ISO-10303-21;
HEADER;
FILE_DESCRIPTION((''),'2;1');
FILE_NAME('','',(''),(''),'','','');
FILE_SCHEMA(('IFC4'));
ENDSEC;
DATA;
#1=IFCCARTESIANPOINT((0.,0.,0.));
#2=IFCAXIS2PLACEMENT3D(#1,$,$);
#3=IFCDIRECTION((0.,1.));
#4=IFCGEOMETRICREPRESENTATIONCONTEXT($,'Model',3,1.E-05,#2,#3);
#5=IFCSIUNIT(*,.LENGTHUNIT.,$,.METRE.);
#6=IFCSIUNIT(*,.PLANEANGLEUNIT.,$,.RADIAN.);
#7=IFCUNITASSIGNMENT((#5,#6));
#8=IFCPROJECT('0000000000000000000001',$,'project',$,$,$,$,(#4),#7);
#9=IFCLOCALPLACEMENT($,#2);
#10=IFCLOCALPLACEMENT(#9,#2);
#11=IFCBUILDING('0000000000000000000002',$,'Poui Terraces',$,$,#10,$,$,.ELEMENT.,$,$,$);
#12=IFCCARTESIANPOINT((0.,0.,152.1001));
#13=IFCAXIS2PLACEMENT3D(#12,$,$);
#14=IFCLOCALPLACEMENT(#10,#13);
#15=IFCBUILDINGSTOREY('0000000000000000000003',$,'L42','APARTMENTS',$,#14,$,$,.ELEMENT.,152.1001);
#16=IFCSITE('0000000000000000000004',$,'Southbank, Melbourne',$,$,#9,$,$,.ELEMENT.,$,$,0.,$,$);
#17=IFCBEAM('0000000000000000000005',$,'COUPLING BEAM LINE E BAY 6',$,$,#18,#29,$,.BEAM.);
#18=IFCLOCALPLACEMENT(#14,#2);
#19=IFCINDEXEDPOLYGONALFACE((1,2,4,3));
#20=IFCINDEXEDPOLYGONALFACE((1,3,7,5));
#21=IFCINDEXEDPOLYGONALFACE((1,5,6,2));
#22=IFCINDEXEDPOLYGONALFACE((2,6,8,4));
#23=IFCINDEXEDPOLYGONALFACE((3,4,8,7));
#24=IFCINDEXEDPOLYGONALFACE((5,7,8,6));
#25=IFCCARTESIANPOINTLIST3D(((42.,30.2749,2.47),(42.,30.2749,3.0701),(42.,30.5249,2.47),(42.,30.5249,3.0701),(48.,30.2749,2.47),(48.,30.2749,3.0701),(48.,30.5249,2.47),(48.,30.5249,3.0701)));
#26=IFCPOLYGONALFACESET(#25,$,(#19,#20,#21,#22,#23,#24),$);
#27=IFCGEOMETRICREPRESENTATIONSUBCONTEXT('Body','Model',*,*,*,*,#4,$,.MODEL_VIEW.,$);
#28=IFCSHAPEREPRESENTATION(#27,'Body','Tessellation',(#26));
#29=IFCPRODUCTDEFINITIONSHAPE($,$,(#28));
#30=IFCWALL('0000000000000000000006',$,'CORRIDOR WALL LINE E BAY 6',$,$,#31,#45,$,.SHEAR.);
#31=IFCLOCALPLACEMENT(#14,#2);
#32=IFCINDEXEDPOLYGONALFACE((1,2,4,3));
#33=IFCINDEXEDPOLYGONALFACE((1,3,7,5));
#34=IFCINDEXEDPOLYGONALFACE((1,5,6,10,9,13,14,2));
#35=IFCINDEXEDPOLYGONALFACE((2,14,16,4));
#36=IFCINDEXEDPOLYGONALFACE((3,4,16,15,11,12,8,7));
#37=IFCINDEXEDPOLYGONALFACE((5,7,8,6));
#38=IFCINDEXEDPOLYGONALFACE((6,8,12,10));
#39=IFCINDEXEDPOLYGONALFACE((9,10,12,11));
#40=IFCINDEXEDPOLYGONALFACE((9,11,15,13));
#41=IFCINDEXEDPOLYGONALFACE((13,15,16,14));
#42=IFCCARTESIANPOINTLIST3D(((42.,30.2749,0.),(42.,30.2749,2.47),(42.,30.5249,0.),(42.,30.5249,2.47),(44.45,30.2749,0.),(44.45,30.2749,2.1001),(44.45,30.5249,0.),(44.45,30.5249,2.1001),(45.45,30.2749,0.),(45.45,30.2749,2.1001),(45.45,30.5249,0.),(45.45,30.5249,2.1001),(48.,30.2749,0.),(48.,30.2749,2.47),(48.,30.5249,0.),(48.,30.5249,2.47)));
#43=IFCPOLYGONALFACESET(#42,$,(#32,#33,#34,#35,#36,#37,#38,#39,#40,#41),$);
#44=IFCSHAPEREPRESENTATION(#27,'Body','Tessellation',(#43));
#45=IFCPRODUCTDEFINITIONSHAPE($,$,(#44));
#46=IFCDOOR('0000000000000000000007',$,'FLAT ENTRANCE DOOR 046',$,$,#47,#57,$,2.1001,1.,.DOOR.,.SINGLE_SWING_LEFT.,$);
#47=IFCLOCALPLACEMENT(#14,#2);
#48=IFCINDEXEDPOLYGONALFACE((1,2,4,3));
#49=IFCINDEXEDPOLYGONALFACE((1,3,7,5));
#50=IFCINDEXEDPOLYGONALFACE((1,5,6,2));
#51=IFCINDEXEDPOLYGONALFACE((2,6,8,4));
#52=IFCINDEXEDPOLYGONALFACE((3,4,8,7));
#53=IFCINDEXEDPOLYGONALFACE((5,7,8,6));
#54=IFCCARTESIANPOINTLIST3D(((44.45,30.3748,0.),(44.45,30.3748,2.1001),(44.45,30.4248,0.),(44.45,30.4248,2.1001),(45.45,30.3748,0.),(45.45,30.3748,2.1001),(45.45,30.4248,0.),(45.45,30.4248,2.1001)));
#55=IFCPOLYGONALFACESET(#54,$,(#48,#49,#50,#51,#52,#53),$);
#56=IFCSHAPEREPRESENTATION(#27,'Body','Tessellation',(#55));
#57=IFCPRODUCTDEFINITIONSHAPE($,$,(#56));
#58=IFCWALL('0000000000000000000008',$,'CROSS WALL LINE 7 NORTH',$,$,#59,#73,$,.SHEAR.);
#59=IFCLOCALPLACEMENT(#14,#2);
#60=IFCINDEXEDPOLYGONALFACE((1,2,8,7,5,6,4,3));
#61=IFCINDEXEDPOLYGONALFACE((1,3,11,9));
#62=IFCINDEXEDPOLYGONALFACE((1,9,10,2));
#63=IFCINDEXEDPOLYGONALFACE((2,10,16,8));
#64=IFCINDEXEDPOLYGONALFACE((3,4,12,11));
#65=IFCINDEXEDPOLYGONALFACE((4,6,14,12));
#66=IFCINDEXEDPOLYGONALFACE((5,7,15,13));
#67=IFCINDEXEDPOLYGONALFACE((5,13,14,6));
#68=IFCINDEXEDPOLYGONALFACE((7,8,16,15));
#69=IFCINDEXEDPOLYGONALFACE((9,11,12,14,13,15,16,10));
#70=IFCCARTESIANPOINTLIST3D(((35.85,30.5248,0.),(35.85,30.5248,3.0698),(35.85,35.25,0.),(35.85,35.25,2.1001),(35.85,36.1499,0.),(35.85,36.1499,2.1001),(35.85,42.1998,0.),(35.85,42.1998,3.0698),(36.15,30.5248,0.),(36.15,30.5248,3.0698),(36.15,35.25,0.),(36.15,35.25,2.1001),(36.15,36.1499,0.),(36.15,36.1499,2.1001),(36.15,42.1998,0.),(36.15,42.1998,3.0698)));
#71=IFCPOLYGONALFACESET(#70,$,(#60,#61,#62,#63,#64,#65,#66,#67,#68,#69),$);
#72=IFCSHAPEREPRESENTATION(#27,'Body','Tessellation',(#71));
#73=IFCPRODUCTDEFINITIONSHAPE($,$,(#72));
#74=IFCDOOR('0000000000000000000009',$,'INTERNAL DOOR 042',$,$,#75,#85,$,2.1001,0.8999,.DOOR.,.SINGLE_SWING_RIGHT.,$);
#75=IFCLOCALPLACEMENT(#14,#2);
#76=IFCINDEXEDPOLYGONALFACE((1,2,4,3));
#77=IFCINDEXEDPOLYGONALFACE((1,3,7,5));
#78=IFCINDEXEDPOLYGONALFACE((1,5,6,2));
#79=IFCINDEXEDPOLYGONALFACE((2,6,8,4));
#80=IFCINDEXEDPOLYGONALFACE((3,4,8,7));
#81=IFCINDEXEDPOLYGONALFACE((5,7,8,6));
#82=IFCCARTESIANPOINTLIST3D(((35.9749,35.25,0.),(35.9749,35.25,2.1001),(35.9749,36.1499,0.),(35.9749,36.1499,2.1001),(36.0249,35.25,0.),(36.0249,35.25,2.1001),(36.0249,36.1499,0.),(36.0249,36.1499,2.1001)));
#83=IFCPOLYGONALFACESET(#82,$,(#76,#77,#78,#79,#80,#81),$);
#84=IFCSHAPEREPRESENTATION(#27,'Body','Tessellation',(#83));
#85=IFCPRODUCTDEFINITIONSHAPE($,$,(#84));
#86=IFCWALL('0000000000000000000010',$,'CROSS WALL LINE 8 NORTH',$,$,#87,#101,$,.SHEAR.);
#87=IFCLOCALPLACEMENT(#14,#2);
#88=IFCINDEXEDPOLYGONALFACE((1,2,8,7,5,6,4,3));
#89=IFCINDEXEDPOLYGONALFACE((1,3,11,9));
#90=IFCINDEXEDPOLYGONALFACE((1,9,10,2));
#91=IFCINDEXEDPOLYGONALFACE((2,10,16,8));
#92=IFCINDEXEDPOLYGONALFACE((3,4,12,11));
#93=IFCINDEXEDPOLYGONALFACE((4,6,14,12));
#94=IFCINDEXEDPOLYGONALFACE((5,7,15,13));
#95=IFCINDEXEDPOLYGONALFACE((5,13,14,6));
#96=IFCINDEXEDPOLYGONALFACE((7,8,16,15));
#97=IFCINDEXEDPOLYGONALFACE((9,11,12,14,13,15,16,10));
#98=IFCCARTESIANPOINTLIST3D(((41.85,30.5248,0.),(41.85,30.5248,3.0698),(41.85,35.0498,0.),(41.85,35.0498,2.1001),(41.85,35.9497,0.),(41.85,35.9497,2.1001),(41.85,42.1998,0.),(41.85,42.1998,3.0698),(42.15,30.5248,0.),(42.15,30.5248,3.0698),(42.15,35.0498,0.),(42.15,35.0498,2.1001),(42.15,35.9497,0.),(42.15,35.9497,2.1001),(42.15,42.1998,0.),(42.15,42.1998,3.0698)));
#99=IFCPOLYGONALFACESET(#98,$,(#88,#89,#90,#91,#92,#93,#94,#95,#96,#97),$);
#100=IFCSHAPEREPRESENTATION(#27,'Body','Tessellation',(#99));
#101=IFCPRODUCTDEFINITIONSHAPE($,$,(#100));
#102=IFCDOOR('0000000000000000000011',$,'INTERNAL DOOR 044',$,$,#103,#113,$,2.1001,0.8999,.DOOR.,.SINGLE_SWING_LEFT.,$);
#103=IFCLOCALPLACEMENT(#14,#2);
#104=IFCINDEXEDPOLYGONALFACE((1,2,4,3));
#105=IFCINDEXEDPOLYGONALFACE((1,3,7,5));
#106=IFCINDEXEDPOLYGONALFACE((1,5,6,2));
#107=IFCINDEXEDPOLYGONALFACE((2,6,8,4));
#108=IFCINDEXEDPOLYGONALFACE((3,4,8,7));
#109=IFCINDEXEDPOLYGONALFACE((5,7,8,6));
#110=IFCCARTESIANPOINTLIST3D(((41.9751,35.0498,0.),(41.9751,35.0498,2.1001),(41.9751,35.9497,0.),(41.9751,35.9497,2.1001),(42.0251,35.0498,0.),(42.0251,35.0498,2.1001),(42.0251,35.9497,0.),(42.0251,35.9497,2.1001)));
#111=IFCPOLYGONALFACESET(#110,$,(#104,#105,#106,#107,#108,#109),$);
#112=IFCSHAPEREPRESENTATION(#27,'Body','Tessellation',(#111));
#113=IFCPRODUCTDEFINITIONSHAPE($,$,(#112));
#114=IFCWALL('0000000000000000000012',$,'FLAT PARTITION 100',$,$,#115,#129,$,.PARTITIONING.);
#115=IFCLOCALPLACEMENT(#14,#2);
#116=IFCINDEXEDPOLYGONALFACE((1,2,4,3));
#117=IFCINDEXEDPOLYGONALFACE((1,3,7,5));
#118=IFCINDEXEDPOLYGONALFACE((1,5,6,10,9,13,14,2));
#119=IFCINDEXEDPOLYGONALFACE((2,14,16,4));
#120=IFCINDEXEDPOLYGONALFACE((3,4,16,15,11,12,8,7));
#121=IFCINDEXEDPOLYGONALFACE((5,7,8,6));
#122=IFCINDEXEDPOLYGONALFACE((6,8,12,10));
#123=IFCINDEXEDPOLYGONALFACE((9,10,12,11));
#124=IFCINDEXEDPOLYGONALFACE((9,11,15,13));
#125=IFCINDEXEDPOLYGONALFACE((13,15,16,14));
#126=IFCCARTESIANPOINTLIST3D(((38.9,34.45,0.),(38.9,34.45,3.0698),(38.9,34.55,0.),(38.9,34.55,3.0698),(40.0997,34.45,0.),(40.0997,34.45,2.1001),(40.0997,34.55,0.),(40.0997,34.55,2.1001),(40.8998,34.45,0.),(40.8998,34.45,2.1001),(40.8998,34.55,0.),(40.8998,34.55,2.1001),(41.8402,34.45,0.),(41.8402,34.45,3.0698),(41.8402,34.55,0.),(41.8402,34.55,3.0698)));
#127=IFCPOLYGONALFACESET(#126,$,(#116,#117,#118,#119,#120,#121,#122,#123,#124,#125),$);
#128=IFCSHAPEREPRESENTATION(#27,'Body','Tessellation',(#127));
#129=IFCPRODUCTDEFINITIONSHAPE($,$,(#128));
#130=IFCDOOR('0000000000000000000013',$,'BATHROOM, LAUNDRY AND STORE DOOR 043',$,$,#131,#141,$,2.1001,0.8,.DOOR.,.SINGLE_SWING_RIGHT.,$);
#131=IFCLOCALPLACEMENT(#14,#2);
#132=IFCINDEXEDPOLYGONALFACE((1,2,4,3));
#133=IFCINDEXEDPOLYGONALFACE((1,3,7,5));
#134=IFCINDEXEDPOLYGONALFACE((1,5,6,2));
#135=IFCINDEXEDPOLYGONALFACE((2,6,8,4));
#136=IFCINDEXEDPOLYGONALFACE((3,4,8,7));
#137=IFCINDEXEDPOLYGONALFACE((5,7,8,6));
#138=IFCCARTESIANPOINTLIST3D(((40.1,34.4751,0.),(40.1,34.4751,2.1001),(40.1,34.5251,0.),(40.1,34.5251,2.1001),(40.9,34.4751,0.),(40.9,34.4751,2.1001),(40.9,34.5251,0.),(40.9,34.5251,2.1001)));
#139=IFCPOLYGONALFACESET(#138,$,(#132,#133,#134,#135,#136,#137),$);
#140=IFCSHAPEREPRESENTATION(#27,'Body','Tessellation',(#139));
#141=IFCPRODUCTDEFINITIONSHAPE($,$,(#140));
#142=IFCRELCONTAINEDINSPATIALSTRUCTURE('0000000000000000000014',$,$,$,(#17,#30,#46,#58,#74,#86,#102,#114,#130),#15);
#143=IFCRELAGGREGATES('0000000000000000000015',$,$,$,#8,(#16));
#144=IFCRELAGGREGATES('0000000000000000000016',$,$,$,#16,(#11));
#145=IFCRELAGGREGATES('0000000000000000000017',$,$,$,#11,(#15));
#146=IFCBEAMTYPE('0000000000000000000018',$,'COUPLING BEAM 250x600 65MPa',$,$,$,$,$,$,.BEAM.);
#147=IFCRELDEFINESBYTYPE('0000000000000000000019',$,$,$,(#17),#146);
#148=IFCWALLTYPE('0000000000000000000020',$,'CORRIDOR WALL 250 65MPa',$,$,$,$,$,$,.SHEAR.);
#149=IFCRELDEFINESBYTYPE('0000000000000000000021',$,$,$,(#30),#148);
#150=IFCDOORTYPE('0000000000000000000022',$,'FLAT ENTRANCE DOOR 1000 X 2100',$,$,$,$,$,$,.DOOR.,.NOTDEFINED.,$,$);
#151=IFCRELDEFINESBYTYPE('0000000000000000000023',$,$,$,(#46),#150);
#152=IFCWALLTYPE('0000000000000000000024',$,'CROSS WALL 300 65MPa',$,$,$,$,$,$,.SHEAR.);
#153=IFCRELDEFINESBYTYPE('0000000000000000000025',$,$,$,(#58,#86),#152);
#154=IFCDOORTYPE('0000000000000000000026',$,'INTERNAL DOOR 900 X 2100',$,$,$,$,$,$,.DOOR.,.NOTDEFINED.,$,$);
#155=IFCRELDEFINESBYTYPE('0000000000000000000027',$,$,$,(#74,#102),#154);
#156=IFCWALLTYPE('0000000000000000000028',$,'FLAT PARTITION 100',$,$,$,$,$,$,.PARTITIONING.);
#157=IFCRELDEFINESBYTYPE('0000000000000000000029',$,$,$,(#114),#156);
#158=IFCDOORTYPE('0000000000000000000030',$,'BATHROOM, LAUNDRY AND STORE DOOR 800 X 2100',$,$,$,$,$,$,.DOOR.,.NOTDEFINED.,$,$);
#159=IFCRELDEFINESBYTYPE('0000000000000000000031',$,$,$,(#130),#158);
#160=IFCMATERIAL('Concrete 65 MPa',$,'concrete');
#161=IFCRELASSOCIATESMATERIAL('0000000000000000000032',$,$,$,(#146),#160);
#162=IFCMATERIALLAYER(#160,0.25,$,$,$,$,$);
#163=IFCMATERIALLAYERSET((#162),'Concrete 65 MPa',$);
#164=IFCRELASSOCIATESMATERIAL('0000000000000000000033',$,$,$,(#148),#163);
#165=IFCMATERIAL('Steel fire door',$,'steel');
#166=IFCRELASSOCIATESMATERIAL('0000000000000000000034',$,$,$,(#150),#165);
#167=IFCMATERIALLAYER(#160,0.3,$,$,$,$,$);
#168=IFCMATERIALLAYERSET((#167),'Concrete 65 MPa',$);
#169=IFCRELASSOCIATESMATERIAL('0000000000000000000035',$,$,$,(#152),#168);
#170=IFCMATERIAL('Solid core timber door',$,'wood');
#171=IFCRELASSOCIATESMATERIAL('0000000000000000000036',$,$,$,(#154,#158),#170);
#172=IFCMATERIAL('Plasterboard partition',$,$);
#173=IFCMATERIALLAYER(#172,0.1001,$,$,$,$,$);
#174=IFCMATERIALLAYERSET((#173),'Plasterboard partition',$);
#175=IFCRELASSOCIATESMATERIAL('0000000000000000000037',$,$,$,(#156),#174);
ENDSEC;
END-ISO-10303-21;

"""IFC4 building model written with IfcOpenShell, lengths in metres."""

from ifc_helpers import new_model, si_unit, direction, frame, frame_2d, origin, origin_2d, place, context, subcontext, project, spatial, rectangle, extrude, source, transform, mapped, material, layer, layer_set, material_profile, profile_set, type_object, element, fill, save


model = new_model("IFC4")

# Units and contexts
model_context = context("Model", 3, precision=1e-05, world=origin(), true_north=direction((0.0, 1.0)))
body_context = subcontext(model_context, "Body", "Model", "MODEL_VIEW")
ifc_project = project(units=[si_unit("LENGTHUNIT", "METRE"), si_unit("PLANEANGLEUNIT", "RADIAN")], contexts=[model_context])

# Site, building, storey
site_placement = place(None, origin())
site = spatial("IfcSite", under=ifc_project, at=site_placement, Name="Southbank, Melbourne", CompositionType="ELEMENT", RefElevation=0.0)
building_placement = place(site_placement, origin())
building = spatial("IfcBuilding", under=site, at=building_placement, Name="Poui Terraces", CompositionType="ELEMENT")
storey_placement = place(building_placement, frame((0.0, 0.0, 152.1001)))
storey = spatial("IfcBuildingStorey", under=building, at=storey_placement, Name="L42", Description="APARTMENTS", CompositionType="ELEMENT", Elevation=152.1001)

# Beam
ifc_material_1 = material(Name="Concrete 65 MPa", Category="concrete")
ifc_material_profile = material_profile(ifc_material_1, rectangle(XDim=0.25, YDim=0.6001, at=origin_2d()), Name="RC 250x600")
ifc_profile_set = profile_set([ifc_material_profile], Name="Concrete 65 MPa")
beam_type = type_object("IfcBeamType", Name="COUPLING BEAM 250x600 65MPa", PredefinedType="BEAM", material=ifc_profile_set)
shared_shape = source(origin(), body_context, "Body", "SweptSolid", [
    extrude(rectangle(XDim=0.25, YDim=0.6001, at=origin_2d()), origin(), (0.0, 0.0, 1.0), 6.0),
])
beam_placement = place(storey_placement, frame((42.0, 30.3999, 2.77), z_axis=(1.0, 0.0, 0.0), x_axis=(0.0, 1.0, 0.0)))
element("IfcBeam", 1, at=beam_placement, inside=storey, type_object=beam_type, Name="COUPLING BEAM LINE E BAY 6", PredefinedType="BEAM", context=body_context, shape_type="MappedRepresentation", body=[
    mapped(shared_shape, transform((0.0, 0.0, 0.0))),
])

# Walls, openings, doors
ifc_layer_1 = layer(ifc_material_1, 0.25)
ifc_layer_set_1 = layer_set([ifc_layer_1], Name="Concrete 65 MPa")
wall_type_1 = type_object("IfcWallType", Name="CORRIDOR WALL 250 65MPa", PredefinedType="SHEAR", material=ifc_layer_set_1)
wall_1_placement = place(storey_placement, frame((42.0, 30.3999, 0.0), z_axis=(0.0, 0.0, 1.0), x_axis=(1.0, 0.0, 0.0)))
wall_1 = element("IfcWall", 2, at=wall_1_placement, inside=storey, type_object=wall_type_1, Name="CORRIDOR WALL LINE E BAY 6", PredefinedType="SHEAR", context=body_context, shape_type="SweptSolid", body=[
    extrude(rectangle(XDim=6.0, YDim=0.25, at=frame_2d((3.0, 0.0))), origin(), (0.0, 0.0, 1.0), 2.47),
])
opening_1_placement = place(wall_1_placement, frame((2.45, 0.0, 0.0)))
opening_1 = element("IfcOpeningElement", 3, at=opening_1_placement, cuts=wall_1, PredefinedType="OPENING", context=body_context, shape_type="SweptSolid", body=[
    extrude(rectangle(XDim=1.0, YDim=2.1001, at=frame_2d((0.5, 1.05))), frame((0.0, 0.135, 0.0), z_axis=(0.0, -1.0, 0.0), x_axis=(1.0, 0.0, 0.0)), (0.0, 0.0, 1.0), 0.27),
])
ifc_material_2 = material(Name="Steel fire door", Category="steel")
door_type_1 = type_object("IfcDoorType", Name="FLAT ENTRANCE DOOR 1000 X 2100", OperationType="NOTDEFINED", PredefinedType="DOOR", material=ifc_material_2)
door_1_placement = place(opening_1_placement, origin())
door_1 = element("IfcDoor", 4, at=door_1_placement, inside=storey, type_object=door_type_1, Name="FLAT ENTRANCE DOOR 046", OperationType="SINGLE_SWING_LEFT", OverallHeight=2.1001, OverallWidth=1.0, PredefinedType="DOOR", context=body_context, shape_type="SweptSolid", body=[
    extrude(rectangle(XDim=1.0, YDim=2.1001, at=frame_2d((0.5, 1.05))), frame((0.0, 0.0249, 0.0), z_axis=(0.0, -1.0, 0.0), x_axis=(1.0, 0.0, 0.0)), (0.0, 0.0, 1.0), 0.05),
])
fill(opening_1, door_1)
ifc_layer_2 = layer(ifc_material_1, 0.3)
ifc_layer_set_2 = layer_set([ifc_layer_2], Name="Concrete 65 MPa")
wall_type_2 = type_object("IfcWallType", Name="CROSS WALL 300 65MPa", PredefinedType="SHEAR", material=ifc_layer_set_2)
wall_2_placement = place(storey_placement, frame((36.0, 30.5249, 0.0), z_axis=(0.0, 0.0, 1.0), x_axis=(0.0, 1.0, 0.0)))
wall_2 = element("IfcWall", 5, at=wall_2_placement, inside=storey, type_object=wall_type_2, Name="CROSS WALL LINE 7 NORTH", PredefinedType="SHEAR", context=body_context, shape_type="SweptSolid", body=[
    extrude(rectangle(XDim=11.675, YDim=0.3, at=frame_2d((5.8374, 0.0))), origin(), (0.0, 0.0, 1.0), 3.0698),
])
opening_2_placement = place(wall_2_placement, frame((4.7251, 0.0, 0.0)))
opening_2 = element("IfcOpeningElement", 6, at=opening_2_placement, cuts=wall_2, PredefinedType="OPENING", context=body_context, shape_type="SweptSolid", body=[
    extrude(rectangle(XDim=0.8999, YDim=2.1001, at=frame_2d((0.45, 1.05))), frame((0.0, 0.1602, 0.0), z_axis=(0.0, -1.0, 0.0), x_axis=(1.0, 0.0, 0.0)), (0.0, 0.0, 1.0), 0.3201),
])
ifc_material_3 = material(Name="Solid core timber door", Category="wood")
door_type_2 = type_object("IfcDoorType", Name="INTERNAL DOOR 900 X 2100", OperationType="NOTDEFINED", PredefinedType="DOOR", material=ifc_material_3)
door_2_placement = place(opening_2_placement, frame((0.8999, 0.0, 0.0), z_axis=(0.0, 0.0, 1.0), x_axis=(-1.0, 0.0, 0.0)))
door_2 = element("IfcDoor", 7, at=door_2_placement, inside=storey, type_object=door_type_2, Name="INTERNAL DOOR 042", OperationType="SINGLE_SWING_RIGHT", OverallHeight=2.1001, OverallWidth=0.8999, PredefinedType="DOOR", context=body_context, shape_type="SweptSolid", body=[
    extrude(rectangle(XDim=0.8999, YDim=2.1001, at=frame_2d((0.45, 1.05))), frame((0.0, 0.0249, 0.0), z_axis=(0.0, -1.0, 0.0), x_axis=(1.0, 0.0, 0.0)), (0.0, 0.0, 1.0), 0.05),
])
fill(opening_2, door_2)
wall_3_placement = place(storey_placement, frame((42.0, 30.5249, 0.0), z_axis=(0.0, 0.0, 1.0), x_axis=(0.0, 1.0, 0.0)))
wall_3 = element("IfcWall", 8, at=wall_3_placement, inside=storey, type_object=wall_type_2, Name="CROSS WALL LINE 8 NORTH", PredefinedType="SHEAR", context=body_context, shape_type="SweptSolid", body=[
    extrude(rectangle(XDim=11.675, YDim=0.3, at=frame_2d((5.8374, 0.0))), origin(), (0.0, 0.0, 1.0), 3.0698),
])
opening_3_placement = place(wall_3_placement, frame((4.5249, 0.0, 0.0)))
opening_3 = element("IfcOpeningElement", 9, at=opening_3_placement, cuts=wall_3, PredefinedType="OPENING", context=body_context, shape_type="SweptSolid", body=[
    extrude(rectangle(XDim=0.8999, YDim=2.1001, at=frame_2d((0.45, 1.05))), frame((0.0, 0.1602, 0.0), z_axis=(0.0, -1.0, 0.0), x_axis=(1.0, 0.0, 0.0)), (0.0, 0.0, 1.0), 0.3201),
])
door_3_placement = place(opening_3_placement, origin())
door_3 = element("IfcDoor", 10, at=door_3_placement, inside=storey, type_object=door_type_2, Name="INTERNAL DOOR 044", OperationType="SINGLE_SWING_LEFT", OverallHeight=2.1001, OverallWidth=0.8999, PredefinedType="DOOR", context=body_context, shape_type="SweptSolid", body=[
    extrude(rectangle(XDim=0.8999, YDim=2.1001, at=frame_2d((0.45, 1.05))), frame((0.0, 0.0249, 0.0), z_axis=(0.0, -1.0, 0.0), x_axis=(1.0, 0.0, 0.0)), (0.0, 0.0, 1.0), 0.05),
])
fill(opening_3, door_3)
ifc_material_4 = material(Name="Plasterboard partition")
ifc_layer_3 = layer(ifc_material_4, 0.1001)
ifc_layer_set_3 = layer_set([ifc_layer_3], Name="Plasterboard partition")
wall_type_3 = type_object("IfcWallType", Name="FLAT PARTITION 100", PredefinedType="PARTITIONING", material=ifc_layer_set_3)
wall_4_placement = place(storey_placement, frame((38.8999, 34.5, 0.0), z_axis=(0.0, 0.0, 1.0), x_axis=(1.0, 0.0, 0.0)))
wall_4 = element("IfcWall", 11, at=wall_4_placement, inside=storey, type_object=wall_type_3, Name="FLAT PARTITION 100", PredefinedType="PARTITIONING", context=body_context, shape_type="SweptSolid", body=[
    extrude(rectangle(XDim=2.9402, YDim=0.1001, at=frame_2d((1.4702, 0.0))), origin(), (0.0, 0.0, 1.0), 3.0698),
])
opening_4_placement = place(wall_4_placement, frame((1.2, 0.0, 0.0)))
opening_4 = element("IfcOpeningElement", 12, at=opening_4_placement, cuts=wall_4, PredefinedType="OPENING", context=body_context, shape_type="SweptSolid", body=[
    extrude(rectangle(XDim=0.8, YDim=2.1001, at=frame_2d((0.3999, 1.05))), frame((0.0, 0.0601, 0.0), z_axis=(0.0, -1.0, 0.0), x_axis=(1.0, 0.0, 0.0)), (0.0, 0.0, 1.0), 0.1201),
])
door_type_3 = type_object("IfcDoorType", Name="BATHROOM, LAUNDRY AND STORE DOOR 800 X 2100", OperationType="NOTDEFINED", PredefinedType="DOOR", material=ifc_material_3)
door_4_placement = place(opening_4_placement, frame((0.8, 0.0, 0.0), z_axis=(0.0, 0.0, 1.0), x_axis=(-1.0, 0.0, 0.0)))
door_4 = element("IfcDoor", 13, at=door_4_placement, inside=storey, type_object=door_type_3, Name="BATHROOM, LAUNDRY AND STORE DOOR 043", OperationType="SINGLE_SWING_RIGHT", OverallHeight=2.1001, OverallWidth=0.8, PredefinedType="DOOR", context=body_context, shape_type="SweptSolid", body=[
    extrude(rectangle(XDim=0.8, YDim=2.1001, at=frame_2d((0.3999, 1.05))), frame((0.0, 0.0249, 0.0), z_axis=(0.0, -1.0, 0.0), x_axis=(1.0, 0.0, 0.0)), (0.0, 0.0, 1.0), 0.05),
])
fill(opening_4, door_4)

save(model, "model.ifc")
